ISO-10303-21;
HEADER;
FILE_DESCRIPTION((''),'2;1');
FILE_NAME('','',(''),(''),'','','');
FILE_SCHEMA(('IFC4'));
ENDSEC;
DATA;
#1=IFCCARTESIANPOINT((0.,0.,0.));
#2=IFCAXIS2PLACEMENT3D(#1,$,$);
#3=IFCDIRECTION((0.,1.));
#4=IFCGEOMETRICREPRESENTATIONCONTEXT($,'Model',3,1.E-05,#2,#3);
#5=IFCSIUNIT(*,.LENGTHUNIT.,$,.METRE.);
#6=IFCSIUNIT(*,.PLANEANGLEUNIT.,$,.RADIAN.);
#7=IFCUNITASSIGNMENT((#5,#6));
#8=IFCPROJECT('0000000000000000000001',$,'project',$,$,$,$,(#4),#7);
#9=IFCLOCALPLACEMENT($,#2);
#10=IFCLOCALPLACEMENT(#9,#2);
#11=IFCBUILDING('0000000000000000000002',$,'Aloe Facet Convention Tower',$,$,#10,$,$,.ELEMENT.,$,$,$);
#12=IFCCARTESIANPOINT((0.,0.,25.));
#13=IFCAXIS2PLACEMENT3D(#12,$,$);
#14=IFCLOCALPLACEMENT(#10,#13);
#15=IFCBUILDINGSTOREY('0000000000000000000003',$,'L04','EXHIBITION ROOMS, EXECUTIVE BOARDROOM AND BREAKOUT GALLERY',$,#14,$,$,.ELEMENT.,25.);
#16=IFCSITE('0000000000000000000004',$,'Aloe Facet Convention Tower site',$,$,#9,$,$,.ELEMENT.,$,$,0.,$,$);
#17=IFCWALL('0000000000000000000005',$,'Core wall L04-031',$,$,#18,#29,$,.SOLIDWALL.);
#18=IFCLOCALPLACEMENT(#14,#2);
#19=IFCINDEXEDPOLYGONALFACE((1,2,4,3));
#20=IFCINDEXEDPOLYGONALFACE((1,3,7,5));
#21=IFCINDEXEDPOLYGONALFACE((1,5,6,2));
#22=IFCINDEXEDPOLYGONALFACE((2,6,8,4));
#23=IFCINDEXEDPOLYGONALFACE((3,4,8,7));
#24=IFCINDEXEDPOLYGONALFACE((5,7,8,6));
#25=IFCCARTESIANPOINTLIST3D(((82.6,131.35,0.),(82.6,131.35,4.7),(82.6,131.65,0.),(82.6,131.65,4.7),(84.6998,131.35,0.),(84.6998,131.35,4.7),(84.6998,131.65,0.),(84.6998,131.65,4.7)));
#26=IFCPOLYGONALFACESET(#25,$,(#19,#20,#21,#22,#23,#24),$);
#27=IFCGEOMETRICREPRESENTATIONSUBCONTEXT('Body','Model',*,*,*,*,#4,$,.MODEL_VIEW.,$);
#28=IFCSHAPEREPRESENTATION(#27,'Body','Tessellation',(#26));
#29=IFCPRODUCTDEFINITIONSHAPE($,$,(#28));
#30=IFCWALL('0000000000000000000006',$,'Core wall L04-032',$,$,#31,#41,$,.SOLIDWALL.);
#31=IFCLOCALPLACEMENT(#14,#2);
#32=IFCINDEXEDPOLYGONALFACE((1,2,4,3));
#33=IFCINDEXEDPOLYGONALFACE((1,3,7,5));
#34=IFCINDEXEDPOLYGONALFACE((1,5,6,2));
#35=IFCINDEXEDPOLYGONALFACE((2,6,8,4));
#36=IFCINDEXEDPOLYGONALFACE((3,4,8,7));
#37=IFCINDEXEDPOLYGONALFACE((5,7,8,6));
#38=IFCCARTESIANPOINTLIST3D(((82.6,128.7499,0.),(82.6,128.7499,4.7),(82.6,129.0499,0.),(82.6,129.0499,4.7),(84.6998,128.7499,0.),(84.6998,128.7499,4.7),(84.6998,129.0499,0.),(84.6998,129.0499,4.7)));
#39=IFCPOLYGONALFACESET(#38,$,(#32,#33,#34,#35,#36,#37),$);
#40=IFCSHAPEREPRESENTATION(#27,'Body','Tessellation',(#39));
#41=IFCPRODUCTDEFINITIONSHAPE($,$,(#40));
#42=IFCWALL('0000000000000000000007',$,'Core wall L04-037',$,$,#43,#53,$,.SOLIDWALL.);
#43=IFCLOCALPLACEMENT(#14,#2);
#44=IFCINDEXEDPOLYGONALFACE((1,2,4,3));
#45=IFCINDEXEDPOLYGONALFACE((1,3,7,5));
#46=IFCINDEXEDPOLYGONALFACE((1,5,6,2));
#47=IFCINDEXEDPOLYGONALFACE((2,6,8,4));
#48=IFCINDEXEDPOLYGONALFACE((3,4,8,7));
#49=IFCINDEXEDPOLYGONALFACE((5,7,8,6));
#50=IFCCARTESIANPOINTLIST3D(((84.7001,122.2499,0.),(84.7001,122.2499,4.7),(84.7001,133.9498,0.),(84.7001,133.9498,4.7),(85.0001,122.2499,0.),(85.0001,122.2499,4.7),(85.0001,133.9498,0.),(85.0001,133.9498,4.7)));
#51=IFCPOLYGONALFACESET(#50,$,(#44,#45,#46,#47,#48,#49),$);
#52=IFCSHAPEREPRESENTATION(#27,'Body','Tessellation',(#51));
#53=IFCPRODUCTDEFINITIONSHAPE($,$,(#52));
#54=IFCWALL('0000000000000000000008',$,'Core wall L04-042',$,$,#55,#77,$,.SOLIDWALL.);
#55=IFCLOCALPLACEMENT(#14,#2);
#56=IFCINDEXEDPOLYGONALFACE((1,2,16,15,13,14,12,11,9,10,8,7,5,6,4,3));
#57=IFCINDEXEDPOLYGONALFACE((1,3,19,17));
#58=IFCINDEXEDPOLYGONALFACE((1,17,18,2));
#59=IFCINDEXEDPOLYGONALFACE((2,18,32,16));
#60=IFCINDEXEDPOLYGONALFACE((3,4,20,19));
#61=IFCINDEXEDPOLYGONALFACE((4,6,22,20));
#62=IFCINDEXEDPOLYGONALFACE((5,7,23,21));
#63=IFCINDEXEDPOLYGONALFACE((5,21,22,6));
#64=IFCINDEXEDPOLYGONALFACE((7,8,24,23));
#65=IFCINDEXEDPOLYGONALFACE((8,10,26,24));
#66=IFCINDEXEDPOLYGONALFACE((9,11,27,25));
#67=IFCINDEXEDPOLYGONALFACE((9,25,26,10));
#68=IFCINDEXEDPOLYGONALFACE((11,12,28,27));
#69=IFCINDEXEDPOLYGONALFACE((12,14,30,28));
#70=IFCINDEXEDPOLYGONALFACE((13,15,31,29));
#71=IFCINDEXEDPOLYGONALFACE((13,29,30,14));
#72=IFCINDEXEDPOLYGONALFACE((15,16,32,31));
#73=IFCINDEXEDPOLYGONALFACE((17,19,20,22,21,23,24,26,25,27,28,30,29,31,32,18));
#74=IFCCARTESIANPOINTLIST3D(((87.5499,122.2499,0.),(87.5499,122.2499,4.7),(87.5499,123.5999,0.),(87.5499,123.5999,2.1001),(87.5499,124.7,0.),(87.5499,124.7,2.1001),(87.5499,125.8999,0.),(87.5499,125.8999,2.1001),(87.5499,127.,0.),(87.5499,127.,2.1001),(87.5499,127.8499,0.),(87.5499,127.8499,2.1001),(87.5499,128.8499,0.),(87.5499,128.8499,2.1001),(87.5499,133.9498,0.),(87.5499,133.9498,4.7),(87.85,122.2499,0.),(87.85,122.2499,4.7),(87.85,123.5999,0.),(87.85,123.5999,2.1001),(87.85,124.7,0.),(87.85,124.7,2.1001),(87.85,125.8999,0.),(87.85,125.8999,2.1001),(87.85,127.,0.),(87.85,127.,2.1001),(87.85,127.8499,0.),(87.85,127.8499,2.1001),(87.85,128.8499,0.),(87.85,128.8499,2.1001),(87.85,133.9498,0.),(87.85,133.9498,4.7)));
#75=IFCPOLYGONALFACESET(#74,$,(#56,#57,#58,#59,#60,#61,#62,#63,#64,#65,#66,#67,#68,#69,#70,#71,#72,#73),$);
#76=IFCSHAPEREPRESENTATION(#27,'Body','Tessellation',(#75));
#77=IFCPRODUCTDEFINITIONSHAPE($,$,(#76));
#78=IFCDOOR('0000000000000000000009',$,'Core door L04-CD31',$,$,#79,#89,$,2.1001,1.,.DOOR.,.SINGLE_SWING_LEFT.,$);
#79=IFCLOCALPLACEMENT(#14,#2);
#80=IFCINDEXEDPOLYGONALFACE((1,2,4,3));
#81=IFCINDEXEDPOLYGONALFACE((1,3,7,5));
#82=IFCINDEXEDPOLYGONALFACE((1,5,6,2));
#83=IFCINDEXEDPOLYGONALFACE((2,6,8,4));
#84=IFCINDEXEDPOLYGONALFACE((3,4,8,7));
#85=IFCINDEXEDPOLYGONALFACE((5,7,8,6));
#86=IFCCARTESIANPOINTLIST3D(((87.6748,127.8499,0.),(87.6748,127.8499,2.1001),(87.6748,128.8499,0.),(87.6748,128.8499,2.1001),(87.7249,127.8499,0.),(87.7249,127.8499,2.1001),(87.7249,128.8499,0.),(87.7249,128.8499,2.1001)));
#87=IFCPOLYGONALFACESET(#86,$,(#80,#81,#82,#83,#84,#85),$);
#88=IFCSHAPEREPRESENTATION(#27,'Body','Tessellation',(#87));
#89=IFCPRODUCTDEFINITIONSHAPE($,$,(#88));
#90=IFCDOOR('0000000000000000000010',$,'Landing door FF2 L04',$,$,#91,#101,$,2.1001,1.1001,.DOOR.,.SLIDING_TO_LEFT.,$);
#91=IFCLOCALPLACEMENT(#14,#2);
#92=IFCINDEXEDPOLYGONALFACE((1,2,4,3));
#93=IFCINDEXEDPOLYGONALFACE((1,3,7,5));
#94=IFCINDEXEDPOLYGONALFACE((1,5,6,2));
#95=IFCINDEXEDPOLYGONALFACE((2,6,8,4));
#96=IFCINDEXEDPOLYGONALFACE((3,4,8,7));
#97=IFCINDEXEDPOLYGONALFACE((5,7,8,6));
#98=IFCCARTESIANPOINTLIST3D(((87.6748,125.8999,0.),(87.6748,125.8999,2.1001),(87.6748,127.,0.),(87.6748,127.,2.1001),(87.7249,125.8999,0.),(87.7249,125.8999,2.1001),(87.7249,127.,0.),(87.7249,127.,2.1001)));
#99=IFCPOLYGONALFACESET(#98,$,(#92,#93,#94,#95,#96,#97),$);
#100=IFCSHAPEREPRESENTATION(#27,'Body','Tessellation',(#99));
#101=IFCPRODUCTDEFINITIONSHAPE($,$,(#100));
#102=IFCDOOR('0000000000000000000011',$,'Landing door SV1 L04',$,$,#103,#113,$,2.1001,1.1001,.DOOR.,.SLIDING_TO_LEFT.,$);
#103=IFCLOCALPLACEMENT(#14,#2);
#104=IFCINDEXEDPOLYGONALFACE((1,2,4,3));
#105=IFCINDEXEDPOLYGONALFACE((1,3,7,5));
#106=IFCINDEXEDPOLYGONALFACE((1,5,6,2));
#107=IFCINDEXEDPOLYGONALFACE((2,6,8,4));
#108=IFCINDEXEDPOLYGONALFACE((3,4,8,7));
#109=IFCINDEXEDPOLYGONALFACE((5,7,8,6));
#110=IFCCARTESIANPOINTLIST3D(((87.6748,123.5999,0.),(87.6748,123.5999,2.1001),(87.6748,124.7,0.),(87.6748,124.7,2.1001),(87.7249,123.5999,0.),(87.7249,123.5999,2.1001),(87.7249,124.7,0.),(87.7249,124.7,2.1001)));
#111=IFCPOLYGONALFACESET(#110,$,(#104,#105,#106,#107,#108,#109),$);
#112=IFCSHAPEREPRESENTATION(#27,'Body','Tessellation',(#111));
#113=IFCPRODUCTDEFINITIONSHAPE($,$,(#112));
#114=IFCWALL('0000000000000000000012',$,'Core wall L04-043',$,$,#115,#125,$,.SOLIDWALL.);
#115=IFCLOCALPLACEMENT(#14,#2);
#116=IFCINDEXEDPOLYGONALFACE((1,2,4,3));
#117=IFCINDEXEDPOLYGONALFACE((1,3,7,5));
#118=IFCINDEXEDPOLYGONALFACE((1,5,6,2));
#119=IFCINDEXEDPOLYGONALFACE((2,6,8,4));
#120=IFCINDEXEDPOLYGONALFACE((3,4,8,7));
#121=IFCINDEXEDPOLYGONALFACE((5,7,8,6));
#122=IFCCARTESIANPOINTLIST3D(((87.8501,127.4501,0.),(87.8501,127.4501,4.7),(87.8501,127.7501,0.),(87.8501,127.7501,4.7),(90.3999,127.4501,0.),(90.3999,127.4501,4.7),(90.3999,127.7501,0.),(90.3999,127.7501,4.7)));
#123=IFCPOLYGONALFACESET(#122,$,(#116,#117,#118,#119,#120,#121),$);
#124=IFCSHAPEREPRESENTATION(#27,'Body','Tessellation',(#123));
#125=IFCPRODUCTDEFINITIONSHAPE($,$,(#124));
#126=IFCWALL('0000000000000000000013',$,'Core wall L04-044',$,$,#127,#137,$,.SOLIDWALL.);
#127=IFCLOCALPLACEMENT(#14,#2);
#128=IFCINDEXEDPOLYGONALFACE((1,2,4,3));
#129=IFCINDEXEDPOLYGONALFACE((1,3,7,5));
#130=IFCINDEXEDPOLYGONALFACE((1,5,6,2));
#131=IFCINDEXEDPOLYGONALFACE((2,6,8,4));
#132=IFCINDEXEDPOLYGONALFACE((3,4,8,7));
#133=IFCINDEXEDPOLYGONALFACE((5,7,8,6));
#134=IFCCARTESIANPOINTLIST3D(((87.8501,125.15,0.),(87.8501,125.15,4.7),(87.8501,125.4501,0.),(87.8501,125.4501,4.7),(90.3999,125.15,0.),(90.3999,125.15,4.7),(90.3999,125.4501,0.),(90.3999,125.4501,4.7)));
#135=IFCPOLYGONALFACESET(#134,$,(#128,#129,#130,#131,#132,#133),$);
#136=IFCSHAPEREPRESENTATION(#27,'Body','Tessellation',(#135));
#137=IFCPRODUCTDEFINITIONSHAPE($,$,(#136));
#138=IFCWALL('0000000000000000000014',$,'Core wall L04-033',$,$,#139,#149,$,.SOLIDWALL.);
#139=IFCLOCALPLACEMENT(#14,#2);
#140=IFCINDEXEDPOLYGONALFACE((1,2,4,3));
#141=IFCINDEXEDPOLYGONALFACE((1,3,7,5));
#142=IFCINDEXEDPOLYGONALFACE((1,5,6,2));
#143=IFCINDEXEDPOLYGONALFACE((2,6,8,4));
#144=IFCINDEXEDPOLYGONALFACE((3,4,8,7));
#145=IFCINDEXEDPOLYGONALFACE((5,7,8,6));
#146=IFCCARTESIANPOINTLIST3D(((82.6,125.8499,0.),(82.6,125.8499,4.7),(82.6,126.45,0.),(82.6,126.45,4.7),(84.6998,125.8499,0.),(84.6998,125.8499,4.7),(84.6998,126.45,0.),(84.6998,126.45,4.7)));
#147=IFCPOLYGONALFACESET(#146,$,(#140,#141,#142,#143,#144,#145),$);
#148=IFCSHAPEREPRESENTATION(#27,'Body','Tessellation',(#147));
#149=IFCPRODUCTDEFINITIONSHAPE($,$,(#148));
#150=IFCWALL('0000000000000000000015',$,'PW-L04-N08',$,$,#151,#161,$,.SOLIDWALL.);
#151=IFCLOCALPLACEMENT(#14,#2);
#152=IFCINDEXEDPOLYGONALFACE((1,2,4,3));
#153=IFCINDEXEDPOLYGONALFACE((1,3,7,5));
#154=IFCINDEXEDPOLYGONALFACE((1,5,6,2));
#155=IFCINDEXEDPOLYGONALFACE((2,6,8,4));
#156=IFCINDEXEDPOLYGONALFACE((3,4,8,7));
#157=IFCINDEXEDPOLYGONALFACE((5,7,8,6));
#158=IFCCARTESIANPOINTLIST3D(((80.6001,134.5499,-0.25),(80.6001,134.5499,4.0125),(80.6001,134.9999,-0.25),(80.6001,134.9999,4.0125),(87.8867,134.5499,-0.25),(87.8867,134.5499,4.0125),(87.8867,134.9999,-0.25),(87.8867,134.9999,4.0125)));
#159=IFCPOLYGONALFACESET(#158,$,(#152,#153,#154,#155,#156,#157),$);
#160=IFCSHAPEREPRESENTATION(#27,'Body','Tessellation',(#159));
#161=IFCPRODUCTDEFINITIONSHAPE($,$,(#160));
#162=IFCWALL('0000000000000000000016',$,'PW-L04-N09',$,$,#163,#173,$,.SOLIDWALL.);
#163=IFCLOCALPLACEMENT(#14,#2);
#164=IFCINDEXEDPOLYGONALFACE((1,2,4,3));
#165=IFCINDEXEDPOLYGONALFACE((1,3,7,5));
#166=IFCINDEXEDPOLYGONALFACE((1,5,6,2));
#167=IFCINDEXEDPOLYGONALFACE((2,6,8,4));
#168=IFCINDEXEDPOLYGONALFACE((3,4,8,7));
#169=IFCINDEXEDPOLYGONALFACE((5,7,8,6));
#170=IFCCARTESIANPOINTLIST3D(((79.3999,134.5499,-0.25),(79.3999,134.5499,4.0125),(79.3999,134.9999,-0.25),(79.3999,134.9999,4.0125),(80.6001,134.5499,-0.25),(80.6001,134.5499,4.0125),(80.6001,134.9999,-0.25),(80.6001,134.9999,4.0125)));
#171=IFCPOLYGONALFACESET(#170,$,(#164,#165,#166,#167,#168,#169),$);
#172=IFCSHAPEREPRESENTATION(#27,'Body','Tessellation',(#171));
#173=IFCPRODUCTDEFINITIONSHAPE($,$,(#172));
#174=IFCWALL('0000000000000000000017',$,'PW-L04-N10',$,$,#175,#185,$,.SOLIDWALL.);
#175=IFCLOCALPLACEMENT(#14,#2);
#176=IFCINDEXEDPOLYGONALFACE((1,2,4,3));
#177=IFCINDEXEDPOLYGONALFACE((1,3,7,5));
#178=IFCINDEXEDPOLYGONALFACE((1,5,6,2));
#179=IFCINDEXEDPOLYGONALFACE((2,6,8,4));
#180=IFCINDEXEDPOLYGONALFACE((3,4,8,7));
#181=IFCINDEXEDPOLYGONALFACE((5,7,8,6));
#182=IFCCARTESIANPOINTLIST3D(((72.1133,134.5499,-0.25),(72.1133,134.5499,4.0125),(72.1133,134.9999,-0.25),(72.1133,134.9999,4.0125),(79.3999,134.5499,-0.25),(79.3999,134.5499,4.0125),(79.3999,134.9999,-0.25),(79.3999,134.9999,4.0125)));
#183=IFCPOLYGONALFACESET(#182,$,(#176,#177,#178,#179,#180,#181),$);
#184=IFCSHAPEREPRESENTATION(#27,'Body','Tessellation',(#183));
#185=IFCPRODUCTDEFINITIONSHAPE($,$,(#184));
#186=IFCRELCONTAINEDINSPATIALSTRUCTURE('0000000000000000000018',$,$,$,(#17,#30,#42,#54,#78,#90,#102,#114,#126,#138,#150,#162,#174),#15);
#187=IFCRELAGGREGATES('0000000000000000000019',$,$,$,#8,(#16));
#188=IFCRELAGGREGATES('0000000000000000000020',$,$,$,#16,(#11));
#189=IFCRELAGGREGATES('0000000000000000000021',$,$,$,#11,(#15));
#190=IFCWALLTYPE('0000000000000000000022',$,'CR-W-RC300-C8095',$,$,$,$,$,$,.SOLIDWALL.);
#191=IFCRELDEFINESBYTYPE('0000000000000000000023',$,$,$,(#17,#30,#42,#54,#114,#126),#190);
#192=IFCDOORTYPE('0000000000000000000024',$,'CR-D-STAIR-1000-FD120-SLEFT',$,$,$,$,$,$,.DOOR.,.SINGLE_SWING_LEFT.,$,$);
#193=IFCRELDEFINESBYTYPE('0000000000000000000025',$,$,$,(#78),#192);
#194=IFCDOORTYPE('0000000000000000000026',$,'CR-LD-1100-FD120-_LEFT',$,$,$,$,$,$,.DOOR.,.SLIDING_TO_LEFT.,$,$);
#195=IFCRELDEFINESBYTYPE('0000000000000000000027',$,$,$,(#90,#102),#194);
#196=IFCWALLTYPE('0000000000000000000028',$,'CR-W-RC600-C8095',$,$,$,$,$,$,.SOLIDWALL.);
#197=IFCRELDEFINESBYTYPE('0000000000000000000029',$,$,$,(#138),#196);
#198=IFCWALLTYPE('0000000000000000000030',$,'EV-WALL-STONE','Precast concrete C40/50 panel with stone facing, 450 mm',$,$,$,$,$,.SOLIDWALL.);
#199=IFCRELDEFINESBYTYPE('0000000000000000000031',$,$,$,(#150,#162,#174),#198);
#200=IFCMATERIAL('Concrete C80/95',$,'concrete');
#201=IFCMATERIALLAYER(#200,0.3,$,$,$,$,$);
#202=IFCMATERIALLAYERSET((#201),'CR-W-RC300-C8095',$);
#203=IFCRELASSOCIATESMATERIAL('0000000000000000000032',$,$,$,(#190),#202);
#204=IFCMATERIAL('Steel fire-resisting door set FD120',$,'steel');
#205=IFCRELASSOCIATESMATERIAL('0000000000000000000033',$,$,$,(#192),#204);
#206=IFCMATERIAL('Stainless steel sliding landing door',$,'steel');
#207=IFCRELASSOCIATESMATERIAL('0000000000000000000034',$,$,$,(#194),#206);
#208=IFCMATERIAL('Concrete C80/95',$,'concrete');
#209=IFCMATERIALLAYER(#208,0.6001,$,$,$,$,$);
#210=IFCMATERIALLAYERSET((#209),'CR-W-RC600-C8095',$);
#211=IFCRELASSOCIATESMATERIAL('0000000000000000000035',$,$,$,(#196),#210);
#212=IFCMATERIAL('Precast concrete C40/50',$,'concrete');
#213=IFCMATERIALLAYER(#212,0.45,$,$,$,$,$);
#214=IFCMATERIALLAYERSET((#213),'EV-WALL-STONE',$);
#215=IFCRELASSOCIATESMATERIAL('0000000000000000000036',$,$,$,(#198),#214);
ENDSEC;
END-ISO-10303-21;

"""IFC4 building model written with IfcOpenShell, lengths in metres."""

from ifc_helpers import new_model, si_unit, direction, frame, frame_2d, origin, place, context, subcontext, project, spatial, rectangle, extrude, material, layer, layer_set, type_object, element, fill, save


model = new_model("IFC4")

# Units and contexts
model_context = context("Model", 3, precision=1e-05, world=origin(), true_north=direction((0.0, 1.0)))
body_context = subcontext(model_context, "Body", "Model", "MODEL_VIEW")
ifc_project = project(units=[si_unit("LENGTHUNIT", "METRE"), si_unit("PLANEANGLEUNIT", "RADIAN")], contexts=[model_context])

# Site, building, storey
site_placement = place(None, origin())
site = spatial("IfcSite", under=ifc_project, at=site_placement, Name="Aloe Facet Convention Tower site", CompositionType="ELEMENT", RefElevation=0.0)
building_placement = place(site_placement, origin())
building = spatial("IfcBuilding", under=site, at=building_placement, Name="Aloe Facet Convention Tower", CompositionType="ELEMENT")
storey_placement = place(building_placement, frame((0.0, 0.0, 25.0)))
storey = spatial("IfcBuildingStorey", under=building, at=storey_placement, Name="L04", Description="EXHIBITION ROOMS, EXECUTIVE BOARDROOM AND BREAKOUT GALLERY", CompositionType="ELEMENT", Elevation=25.0)

# Shared definitions
ifc_material_1 = material(Name="Concrete C80/95", Category="concrete")
ifc_layer_1 = layer(ifc_material_1, 0.3)
ifc_layer_set_1 = layer_set([ifc_layer_1], Name="CR-W-RC300-C8095")
wall_type_1 = type_object("IfcWallType", Name="CR-W-RC300-C8095", PredefinedType="SOLIDWALL", material=ifc_layer_set_1)
ifc_material_2 = material(Name="Steel fire-resisting door set FD120", Category="steel")
door_type_1 = type_object("IfcDoorType", Name="CR-D-STAIR-1000-FD120-SLEFT", OperationType="SINGLE_SWING_LEFT", PredefinedType="DOOR", material=ifc_material_2)

# Walls
for number, where, z_axis, x_axis, name in (
    (1, (82.6001, 131.5, 0.0), (0.0, 0.0, 1.0), (1.0, 0.0, 0.0), "Core wall L04-031"),
    (2, (82.6001, 128.8999, 0.0), (0.0, 0.0, 1.0), (1.0, 0.0, 0.0), "Core wall L04-032"),
):
    element("IfcWall", number, at=place(storey_placement, frame(where, z_axis=z_axis, x_axis=x_axis)), inside=storey, type_object=wall_type_1, Name=name, PredefinedType="SOLIDWALL", context=body_context, shape_type="SweptSolid", body=[
        extrude(rectangle(XDim=2.0999, YDim=0.3, at=frame_2d((1.0498, 0.0))), origin(), (0.0, 0.0, 1.0), 4.7),
    ])
wall_1_placement = place(storey_placement, frame((84.8501, 133.95, 0.0), z_axis=(0.0, 0.0, 1.0), x_axis=(0.0, -1.0, 0.0)))
element("IfcWall", 3, at=wall_1_placement, inside=storey, type_object=wall_type_1, Name="Core wall L04-037", PredefinedType="SOLIDWALL", context=body_context, shape_type="SweptSolid", body=[
    extrude(rectangle(XDim=11.7, YDim=0.3, at=frame_2d((5.8501, 0.0))), origin(), (0.0, 0.0, 1.0), 4.7),
])

# Wall, openings, doors
wall_2_placement = place(storey_placement, frame((87.7, 133.95, 0.0), z_axis=(0.0, 0.0, 1.0), x_axis=(0.0, -1.0, 0.0)))
wall_2 = element("IfcWall", 4, at=wall_2_placement, inside=storey, type_object=wall_type_1, Name="Core wall L04-042", PredefinedType="SOLIDWALL", context=body_context, shape_type="SweptSolid", body=[
    extrude(rectangle(XDim=11.7, YDim=0.3, at=frame_2d((5.8501, 0.0))), origin(), (0.0, 0.0, 1.0), 4.7),
])
opening_1_placement = place(wall_2_placement, frame((6.95, 0.0, 0.0)))
opening_1 = element("IfcOpeningElement", 5, at=opening_1_placement, cuts=wall_2, PredefinedType="OPENING", context=body_context, shape_type="SweptSolid", body=[
    extrude(rectangle(XDim=1.1001, YDim=2.1001, at=frame_2d((0.55, 1.05))), frame((0.0, 0.1602, 0.0), z_axis=(0.0, -1.0, 0.0), x_axis=(1.0, 0.0, 0.0)), (0.0, 0.0, 1.0), 0.3201),
])
opening_2_placement = place(wall_2_placement, frame((5.1001, 0.0, 0.0)))
opening_2 = element("IfcOpeningElement", 6, at=opening_2_placement, cuts=wall_2, PredefinedType="OPENING", context=body_context, shape_type="SweptSolid", body=[
    extrude(rectangle(XDim=1.0, YDim=2.1001, at=frame_2d((0.5, 1.05))), frame((0.0, 0.1602, 0.0), z_axis=(0.0, -1.0, 0.0), x_axis=(1.0, 0.0, 0.0)), (0.0, 0.0, 1.0), 0.3201),
])
opening_3_placement = place(wall_2_placement, frame((9.25, 0.0, 0.0)))
opening_3 = element("IfcOpeningElement", 7, at=opening_3_placement, cuts=wall_2, PredefinedType="OPENING", context=body_context, shape_type="SweptSolid", body=[
    extrude(rectangle(XDim=1.1001, YDim=2.1001, at=frame_2d((0.55, 1.05))), frame((0.0, 0.1602, 0.0), z_axis=(0.0, -1.0, 0.0), x_axis=(1.0, 0.0, 0.0)), (0.0, 0.0, 1.0), 0.3201),
])
door_1_placement = place(opening_2_placement, origin())
door_1 = element("IfcDoor", 8, at=door_1_placement, inside=storey, type_object=door_type_1, Name="Core door L04-CD31", OperationType="SINGLE_SWING_LEFT", OverallHeight=2.1001, OverallWidth=1.0, PredefinedType="DOOR", context=body_context, shape_type="SweptSolid", body=[
    extrude(rectangle(XDim=1.0, YDim=2.1001, at=frame_2d((0.5, 1.05))), frame((0.0, 0.0249, 0.0), z_axis=(0.0, -1.0, 0.0), x_axis=(1.0, 0.0, 0.0)), (0.0, 0.0, 1.0), 0.05),
])
fill(opening_2, door_1)
ifc_material_3 = material(Name="Stainless steel sliding landing door", Category="steel")
door_type_2 = type_object("IfcDoorType", Name="CR-LD-1100-FD120-_LEFT", OperationType="SLIDING_TO_LEFT", PredefinedType="DOOR", material=ifc_material_3)
door_2_placement = place(opening_1_placement, origin())
door_2 = element("IfcDoor", 9, at=door_2_placement, inside=storey, type_object=door_type_2, Name="Landing door FF2 L04", OperationType="SLIDING_TO_LEFT", OverallHeight=2.1001, OverallWidth=1.1001, PredefinedType="DOOR", context=body_context, shape_type="SweptSolid", body=[
    extrude(rectangle(XDim=1.1001, YDim=2.1001, at=frame_2d((0.55, 1.05))), frame((0.0, 0.0249, 0.0), z_axis=(0.0, -1.0, 0.0), x_axis=(1.0, 0.0, 0.0)), (0.0, 0.0, 1.0), 0.05),
])
fill(opening_1, door_2)
door_3_placement = place(opening_3_placement, origin())
door_3 = element("IfcDoor", 10, at=door_3_placement, inside=storey, type_object=door_type_2, Name="Landing door SV1 L04", OperationType="SLIDING_TO_LEFT", OverallHeight=2.1001, OverallWidth=1.1001, PredefinedType="DOOR", context=body_context, shape_type="SweptSolid", body=[
    extrude(rectangle(XDim=1.1001, YDim=2.1001, at=frame_2d((0.55, 1.05))), frame((0.0, 0.0249, 0.0), z_axis=(0.0, -1.0, 0.0), x_axis=(1.0, 0.0, 0.0)), (0.0, 0.0, 1.0), 0.05),
])
fill(opening_3, door_3)

# Walls
for number, where, z_axis, x_axis, name in (
    (11, (87.8501, 127.6001, 0.0), (0.0, 0.0, 1.0), (1.0, 0.0, 0.0), "Core wall L04-043"),
    (12, (87.8501, 125.3, 0.0), (0.0, 0.0, 1.0), (1.0, 0.0, 0.0), "Core wall L04-044"),
):
    element("IfcWall", number, at=place(storey_placement, frame(where, z_axis=z_axis, x_axis=x_axis)), inside=storey, type_object=wall_type_1, Name=name, PredefinedType="SOLIDWALL", context=body_context, shape_type="SweptSolid", body=[
        extrude(rectangle(XDim=2.5498, YDim=0.3, at=frame_2d((1.2749, 0.0))), origin(), (0.0, 0.0, 1.0), 4.7),
    ])
ifc_material_4 = material(Name="Concrete C80/95", Category="concrete")
ifc_layer_2 = layer(ifc_material_4, 0.6001)
ifc_layer_set_2 = layer_set([ifc_layer_2], Name="CR-W-RC600-C8095")
wall_type_2 = type_object("IfcWallType", Name="CR-W-RC600-C8095", PredefinedType="SOLIDWALL", material=ifc_layer_set_2)
wall_3_placement = place(storey_placement, frame((82.6001, 126.1499, 0.0), z_axis=(0.0, 0.0, 1.0), x_axis=(1.0, 0.0, 0.0)))
element("IfcWall", 13, at=wall_3_placement, inside=storey, type_object=wall_type_2, Name="Core wall L04-033", PredefinedType="SOLIDWALL", context=body_context, shape_type="SweptSolid", body=[
    extrude(rectangle(XDim=2.0999, YDim=0.6001, at=frame_2d((1.0498, 0.0))), origin(), (0.0, 0.0, 1.0), 4.7),
])
ifc_material_5 = material(Name="Precast concrete C40/50", Category="concrete")
ifc_layer_3 = layer(ifc_material_5, 0.45)
ifc_layer_set_3 = layer_set([ifc_layer_3], Name="EV-WALL-STONE")
wall_type_3 = type_object("IfcWallType", Name="EV-WALL-STONE", Description="Precast concrete C40/50 panel with stone facing, 450 mm", PredefinedType="SOLIDWALL", material=ifc_layer_set_3)
wall_4_placement = place(storey_placement, frame((87.8867, 134.7749, -0.25), z_axis=(0.0, 0.0, 1.0), x_axis=(-1.0, 0.0, 0.0)))
element("IfcWall", 14, at=wall_4_placement, inside=storey, type_object=wall_type_3, Name="PW-L04-N08", PredefinedType="SOLIDWALL", context=body_context, shape_type="SweptSolid", body=[
    extrude(rectangle(XDim=7.2866, YDim=0.45, at=frame_2d((3.6433, 0.0))), origin(), (0.0, 0.0, 1.0), 4.2625),
])
wall_5_placement = place(storey_placement, frame((80.6001, 134.7749, -0.25), z_axis=(0.0, 0.0, 1.0), x_axis=(-1.0, 0.0, 0.0)))
element("IfcWall", 15, at=wall_5_placement, inside=storey, type_object=wall_type_3, Name="PW-L04-N09", PredefinedType="SOLIDWALL", context=body_context, shape_type="SweptSolid", body=[
    extrude(rectangle(XDim=1.2002, YDim=0.45, at=frame_2d((0.6001, 0.0))), origin(), (0.0, 0.0, 1.0), 4.2625),
])
wall_6_placement = place(storey_placement, frame((79.3999, 134.7749, -0.25), z_axis=(0.0, 0.0, 1.0), x_axis=(-1.0, 0.0, 0.0)))
element("IfcWall", 16, at=wall_6_placement, inside=storey, type_object=wall_type_3, Name="PW-L04-N10", PredefinedType="SOLIDWALL", context=body_context, shape_type="SweptSolid", body=[
    extrude(rectangle(XDim=7.2866, YDim=0.45, at=frame_2d((3.6433, 0.0))), origin(), (0.0, 0.0, 1.0), 4.2625),
])

save(model, "model.ifc")
